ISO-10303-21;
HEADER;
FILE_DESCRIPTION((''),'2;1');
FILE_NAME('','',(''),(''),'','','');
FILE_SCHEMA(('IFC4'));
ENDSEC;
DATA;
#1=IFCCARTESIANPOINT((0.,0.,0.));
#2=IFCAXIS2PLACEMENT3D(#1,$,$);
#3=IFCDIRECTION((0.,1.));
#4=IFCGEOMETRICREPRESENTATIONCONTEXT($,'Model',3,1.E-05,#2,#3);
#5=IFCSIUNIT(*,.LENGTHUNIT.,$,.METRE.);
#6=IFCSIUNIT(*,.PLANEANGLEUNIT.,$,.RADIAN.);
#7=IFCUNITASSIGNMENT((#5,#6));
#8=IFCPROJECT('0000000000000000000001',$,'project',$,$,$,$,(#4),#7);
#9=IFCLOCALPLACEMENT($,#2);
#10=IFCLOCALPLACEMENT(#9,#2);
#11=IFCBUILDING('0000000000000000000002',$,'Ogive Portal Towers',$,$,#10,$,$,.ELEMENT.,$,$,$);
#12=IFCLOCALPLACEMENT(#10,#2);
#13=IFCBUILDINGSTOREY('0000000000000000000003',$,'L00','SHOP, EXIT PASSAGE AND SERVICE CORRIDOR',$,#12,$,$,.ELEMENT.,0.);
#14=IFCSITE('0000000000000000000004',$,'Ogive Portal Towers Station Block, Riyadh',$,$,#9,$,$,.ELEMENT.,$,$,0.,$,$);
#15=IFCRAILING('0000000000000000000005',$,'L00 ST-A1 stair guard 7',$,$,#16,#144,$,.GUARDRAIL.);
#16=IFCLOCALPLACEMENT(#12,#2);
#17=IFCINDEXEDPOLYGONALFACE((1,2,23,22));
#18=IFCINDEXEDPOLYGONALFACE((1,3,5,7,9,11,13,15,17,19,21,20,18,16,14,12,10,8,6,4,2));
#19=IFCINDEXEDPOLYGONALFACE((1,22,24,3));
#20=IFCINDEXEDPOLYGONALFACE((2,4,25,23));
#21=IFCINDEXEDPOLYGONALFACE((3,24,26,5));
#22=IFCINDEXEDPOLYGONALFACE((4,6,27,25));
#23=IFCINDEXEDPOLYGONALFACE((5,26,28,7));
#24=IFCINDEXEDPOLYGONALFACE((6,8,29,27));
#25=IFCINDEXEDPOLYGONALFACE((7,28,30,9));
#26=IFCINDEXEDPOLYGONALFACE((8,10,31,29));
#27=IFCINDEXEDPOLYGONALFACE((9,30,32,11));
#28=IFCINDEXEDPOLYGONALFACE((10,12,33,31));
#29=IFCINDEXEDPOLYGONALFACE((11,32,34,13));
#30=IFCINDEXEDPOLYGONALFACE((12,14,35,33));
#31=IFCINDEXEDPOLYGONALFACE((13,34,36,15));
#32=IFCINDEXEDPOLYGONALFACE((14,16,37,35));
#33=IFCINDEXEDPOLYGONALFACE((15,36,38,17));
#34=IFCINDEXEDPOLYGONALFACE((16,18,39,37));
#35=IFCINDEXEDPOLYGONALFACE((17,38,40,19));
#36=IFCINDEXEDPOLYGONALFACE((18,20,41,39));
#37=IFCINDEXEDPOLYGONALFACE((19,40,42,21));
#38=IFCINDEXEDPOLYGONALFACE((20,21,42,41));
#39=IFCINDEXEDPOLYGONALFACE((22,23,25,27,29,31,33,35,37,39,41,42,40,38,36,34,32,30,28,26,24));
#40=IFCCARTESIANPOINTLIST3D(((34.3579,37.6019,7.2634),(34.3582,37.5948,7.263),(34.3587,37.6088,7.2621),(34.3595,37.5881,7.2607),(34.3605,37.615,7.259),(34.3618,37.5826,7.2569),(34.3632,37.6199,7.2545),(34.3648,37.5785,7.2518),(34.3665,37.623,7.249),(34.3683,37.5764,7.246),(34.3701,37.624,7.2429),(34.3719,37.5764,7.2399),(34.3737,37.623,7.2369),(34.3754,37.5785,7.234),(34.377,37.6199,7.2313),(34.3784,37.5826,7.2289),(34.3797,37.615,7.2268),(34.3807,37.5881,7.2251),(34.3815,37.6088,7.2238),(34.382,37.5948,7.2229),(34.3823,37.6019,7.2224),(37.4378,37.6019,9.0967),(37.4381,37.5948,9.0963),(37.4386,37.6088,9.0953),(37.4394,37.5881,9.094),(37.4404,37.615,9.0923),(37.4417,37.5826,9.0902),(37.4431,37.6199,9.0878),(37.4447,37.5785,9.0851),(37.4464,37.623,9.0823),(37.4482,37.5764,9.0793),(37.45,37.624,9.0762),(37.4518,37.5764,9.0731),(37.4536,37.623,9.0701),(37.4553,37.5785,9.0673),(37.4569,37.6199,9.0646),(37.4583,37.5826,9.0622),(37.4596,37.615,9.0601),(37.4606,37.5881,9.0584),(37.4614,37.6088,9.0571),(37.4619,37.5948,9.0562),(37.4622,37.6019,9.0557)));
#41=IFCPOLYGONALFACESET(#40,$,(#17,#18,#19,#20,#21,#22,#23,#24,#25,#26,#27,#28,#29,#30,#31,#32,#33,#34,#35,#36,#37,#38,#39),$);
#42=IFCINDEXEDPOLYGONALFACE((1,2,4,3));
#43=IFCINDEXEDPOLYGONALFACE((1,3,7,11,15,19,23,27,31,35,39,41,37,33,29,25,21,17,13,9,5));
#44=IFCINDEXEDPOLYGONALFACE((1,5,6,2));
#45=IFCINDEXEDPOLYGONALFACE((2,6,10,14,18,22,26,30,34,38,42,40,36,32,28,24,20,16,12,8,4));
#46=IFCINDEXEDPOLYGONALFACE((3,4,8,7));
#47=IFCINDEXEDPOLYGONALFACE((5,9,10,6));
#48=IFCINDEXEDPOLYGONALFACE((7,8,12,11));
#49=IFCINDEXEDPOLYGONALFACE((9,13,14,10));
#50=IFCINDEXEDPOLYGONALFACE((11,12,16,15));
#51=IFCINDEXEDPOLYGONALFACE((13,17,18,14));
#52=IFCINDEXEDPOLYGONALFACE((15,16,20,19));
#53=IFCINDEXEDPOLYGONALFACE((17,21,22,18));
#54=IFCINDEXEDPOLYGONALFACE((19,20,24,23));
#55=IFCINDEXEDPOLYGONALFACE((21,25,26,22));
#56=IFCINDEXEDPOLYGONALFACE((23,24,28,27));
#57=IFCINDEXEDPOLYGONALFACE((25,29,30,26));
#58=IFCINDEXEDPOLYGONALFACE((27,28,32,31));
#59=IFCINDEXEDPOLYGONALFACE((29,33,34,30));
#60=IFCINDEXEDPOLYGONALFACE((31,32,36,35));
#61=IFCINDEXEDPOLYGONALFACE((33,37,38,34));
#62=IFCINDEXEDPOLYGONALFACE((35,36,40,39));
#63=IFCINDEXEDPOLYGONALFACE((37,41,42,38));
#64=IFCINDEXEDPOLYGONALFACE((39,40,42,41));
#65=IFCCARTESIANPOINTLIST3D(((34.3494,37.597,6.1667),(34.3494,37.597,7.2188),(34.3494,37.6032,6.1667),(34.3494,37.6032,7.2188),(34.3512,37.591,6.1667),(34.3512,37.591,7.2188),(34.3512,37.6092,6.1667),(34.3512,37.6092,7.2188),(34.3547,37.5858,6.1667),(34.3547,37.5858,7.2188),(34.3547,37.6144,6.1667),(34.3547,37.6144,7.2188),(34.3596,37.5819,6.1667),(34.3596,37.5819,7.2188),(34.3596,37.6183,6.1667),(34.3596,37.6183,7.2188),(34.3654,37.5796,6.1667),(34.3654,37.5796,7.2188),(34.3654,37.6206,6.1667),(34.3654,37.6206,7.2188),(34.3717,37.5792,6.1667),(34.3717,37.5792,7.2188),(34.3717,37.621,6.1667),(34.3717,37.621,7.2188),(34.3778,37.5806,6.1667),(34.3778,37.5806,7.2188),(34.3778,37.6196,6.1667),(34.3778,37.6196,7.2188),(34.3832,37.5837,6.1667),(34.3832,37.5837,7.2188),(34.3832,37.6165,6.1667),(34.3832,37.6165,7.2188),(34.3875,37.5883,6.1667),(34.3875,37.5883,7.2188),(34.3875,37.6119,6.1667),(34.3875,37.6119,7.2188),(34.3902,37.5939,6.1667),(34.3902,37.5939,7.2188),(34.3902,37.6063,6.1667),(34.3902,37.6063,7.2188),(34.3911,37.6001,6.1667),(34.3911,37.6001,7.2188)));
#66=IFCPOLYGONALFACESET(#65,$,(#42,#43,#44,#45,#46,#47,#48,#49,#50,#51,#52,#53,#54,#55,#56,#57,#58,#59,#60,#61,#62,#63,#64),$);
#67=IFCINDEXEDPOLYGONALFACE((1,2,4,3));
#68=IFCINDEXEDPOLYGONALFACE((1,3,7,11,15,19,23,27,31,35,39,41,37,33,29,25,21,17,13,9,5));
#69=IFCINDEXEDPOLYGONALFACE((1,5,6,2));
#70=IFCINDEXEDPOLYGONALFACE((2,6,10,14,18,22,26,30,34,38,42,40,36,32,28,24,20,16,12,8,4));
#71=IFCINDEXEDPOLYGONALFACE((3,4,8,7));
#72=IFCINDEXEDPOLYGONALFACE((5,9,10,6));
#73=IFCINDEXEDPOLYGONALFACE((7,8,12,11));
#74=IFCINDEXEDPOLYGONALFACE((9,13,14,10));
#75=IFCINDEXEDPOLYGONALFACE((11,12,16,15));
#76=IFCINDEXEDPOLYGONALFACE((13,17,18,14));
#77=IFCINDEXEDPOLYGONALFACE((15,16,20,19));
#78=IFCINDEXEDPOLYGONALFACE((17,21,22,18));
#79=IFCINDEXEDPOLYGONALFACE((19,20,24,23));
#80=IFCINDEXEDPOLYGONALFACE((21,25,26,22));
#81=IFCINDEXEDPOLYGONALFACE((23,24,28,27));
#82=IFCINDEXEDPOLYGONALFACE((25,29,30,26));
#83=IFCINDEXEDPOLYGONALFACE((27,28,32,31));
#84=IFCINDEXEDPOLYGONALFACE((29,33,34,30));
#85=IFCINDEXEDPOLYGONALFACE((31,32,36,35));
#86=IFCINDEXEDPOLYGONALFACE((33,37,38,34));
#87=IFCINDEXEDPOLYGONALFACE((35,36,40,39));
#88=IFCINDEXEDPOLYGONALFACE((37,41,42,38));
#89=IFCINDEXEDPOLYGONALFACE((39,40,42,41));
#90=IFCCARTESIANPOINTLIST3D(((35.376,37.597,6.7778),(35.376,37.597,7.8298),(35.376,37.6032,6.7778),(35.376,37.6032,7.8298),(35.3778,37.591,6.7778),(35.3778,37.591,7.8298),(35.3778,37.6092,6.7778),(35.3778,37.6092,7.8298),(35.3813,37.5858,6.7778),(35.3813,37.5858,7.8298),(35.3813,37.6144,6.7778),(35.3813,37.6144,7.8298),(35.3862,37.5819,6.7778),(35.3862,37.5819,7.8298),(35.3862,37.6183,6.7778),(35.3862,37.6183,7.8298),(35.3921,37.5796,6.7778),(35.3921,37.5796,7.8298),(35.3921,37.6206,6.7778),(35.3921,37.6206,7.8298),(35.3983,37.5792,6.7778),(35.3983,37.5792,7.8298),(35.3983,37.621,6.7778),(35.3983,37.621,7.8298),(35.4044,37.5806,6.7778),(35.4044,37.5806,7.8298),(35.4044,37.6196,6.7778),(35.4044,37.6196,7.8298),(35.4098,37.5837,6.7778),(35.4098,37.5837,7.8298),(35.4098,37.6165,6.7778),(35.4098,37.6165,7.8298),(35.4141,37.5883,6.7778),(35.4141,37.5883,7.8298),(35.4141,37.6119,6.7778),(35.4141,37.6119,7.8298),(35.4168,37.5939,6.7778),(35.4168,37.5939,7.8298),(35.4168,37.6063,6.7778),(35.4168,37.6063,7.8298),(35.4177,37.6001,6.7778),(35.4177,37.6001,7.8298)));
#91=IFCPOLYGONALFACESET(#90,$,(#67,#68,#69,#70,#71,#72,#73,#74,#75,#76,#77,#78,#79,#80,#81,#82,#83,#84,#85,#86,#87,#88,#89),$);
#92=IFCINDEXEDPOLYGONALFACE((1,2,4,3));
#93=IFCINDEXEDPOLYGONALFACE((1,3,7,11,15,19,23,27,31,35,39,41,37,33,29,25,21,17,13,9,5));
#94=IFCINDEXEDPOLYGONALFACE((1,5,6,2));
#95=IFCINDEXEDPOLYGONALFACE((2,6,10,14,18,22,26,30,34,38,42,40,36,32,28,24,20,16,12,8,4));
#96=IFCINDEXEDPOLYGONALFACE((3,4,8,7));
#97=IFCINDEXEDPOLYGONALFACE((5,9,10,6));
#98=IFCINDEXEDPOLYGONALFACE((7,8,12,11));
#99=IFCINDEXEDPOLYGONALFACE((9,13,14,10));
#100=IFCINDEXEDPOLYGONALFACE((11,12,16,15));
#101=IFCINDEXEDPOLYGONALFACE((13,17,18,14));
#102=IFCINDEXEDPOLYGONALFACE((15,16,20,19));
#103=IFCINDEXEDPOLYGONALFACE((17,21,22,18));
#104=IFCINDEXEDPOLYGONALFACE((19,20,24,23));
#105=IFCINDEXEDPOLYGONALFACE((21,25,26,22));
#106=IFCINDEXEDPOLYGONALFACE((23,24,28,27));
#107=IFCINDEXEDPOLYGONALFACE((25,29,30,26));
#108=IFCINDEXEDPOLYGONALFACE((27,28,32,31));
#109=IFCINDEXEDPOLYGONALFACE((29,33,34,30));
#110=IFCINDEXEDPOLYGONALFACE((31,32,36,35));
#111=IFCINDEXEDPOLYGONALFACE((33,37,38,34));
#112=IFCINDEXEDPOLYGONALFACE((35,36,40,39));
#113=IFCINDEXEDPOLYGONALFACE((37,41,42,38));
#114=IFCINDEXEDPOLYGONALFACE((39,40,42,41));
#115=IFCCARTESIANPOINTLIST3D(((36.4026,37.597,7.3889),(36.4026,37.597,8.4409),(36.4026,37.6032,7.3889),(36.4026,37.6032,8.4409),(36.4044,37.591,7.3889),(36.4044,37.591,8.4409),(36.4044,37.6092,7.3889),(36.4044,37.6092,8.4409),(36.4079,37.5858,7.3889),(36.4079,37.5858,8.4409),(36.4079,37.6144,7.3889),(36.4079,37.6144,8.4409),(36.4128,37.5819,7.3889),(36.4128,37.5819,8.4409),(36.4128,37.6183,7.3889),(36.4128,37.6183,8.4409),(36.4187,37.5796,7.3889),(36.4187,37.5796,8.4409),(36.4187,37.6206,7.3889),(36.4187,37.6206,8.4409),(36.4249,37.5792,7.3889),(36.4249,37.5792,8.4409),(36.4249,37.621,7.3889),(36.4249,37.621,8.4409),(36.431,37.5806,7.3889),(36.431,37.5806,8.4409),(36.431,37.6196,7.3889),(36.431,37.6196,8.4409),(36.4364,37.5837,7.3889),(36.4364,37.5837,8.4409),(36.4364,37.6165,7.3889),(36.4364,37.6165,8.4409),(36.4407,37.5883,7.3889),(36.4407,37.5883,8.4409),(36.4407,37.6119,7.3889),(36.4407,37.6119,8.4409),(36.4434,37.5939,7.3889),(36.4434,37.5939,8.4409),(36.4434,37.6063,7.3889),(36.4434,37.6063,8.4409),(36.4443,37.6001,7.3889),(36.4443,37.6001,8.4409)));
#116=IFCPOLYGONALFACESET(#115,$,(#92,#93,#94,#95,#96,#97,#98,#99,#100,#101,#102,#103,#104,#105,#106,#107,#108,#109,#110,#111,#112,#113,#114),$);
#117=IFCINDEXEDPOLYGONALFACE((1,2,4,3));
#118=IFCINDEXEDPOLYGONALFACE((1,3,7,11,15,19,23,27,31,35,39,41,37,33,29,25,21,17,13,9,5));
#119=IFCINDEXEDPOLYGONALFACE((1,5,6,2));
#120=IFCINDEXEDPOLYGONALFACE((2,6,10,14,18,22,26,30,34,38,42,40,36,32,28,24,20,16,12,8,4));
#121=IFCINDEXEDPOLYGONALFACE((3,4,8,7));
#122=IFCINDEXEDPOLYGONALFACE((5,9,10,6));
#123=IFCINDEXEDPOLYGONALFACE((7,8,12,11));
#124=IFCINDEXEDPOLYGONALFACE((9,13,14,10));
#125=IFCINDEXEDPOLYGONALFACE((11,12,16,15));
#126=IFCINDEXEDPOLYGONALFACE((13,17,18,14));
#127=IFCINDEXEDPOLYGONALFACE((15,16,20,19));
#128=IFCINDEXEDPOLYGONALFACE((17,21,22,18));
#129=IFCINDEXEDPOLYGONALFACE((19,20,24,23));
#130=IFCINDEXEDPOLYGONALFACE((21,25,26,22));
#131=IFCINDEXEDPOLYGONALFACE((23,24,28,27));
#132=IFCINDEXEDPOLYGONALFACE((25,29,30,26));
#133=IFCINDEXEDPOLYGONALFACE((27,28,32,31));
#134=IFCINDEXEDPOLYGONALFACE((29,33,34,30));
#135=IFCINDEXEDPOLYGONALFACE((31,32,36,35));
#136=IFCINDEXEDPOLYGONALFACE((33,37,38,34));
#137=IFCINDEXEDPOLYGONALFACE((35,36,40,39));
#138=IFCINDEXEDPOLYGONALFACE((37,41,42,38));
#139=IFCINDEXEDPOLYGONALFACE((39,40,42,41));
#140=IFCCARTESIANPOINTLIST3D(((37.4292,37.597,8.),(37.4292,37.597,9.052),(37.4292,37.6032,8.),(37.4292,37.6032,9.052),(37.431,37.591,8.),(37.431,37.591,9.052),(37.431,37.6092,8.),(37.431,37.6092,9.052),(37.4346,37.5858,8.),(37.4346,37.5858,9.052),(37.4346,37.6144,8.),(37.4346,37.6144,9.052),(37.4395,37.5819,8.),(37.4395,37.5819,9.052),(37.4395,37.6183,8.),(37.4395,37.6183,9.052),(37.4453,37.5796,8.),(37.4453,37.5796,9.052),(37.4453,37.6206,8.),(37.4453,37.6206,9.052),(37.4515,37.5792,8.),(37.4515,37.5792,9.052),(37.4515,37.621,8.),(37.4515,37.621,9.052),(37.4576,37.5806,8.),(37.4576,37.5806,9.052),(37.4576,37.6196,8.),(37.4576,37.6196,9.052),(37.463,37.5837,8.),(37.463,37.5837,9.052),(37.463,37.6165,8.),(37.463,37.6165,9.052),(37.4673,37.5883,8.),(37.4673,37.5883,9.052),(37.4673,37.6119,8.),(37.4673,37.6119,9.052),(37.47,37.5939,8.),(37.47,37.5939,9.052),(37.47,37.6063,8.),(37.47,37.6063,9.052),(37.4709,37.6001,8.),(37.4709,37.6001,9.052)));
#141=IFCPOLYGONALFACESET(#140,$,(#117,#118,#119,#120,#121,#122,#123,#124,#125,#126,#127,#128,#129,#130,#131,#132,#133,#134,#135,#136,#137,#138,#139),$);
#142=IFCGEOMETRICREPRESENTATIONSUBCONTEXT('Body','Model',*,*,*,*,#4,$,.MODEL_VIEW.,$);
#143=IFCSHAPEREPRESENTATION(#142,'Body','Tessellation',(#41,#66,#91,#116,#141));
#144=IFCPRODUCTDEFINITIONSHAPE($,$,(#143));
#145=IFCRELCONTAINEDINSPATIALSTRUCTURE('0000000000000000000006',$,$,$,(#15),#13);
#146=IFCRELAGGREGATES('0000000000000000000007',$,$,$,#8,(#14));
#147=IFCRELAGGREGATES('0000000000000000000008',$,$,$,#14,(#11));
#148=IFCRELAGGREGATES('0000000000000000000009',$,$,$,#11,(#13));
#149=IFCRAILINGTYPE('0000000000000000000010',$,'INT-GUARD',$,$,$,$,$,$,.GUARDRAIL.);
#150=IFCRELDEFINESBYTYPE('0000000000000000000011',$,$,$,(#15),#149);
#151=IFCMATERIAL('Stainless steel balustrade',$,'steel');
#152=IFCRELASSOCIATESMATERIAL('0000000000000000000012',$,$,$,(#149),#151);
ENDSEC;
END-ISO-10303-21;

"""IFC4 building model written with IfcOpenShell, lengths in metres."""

from ifc_helpers import new_model, si_unit, direction, frame, origin, origin_2d, place, context, subcontext, project, spatial, circle, extrude, material, type_object, element, save


model = new_model("IFC4")

# Units and contexts
model_context = context("Model", 3, precision=1e-05, world=origin(), true_north=direction((0.0, 1.0)))
body_context = subcontext(model_context, "Body", "Model", "MODEL_VIEW")
ifc_project = project(units=[si_unit("LENGTHUNIT", "METRE"), si_unit("PLANEANGLEUNIT", "RADIAN")], contexts=[model_context])

# Site, building, storey
site_placement = place(None, origin())
site = spatial("IfcSite", under=ifc_project, at=site_placement, Name="Ogive Portal Towers Station Block, Riyadh", CompositionType="ELEMENT", RefElevation=0.0)
building_placement = place(site_placement, origin())
building = spatial("IfcBuilding", under=site, at=building_placement, Name="Ogive Portal Towers", CompositionType="ELEMENT")
storey_placement = place(building_placement, origin())
storey = spatial("IfcBuildingStorey", under=building, at=storey_placement, Name="L00", Description="SHOP, EXIT PASSAGE AND SERVICE CORRIDOR", CompositionType="ELEMENT", Elevation=0.0)

# Railing
ifc_material_1 = material(Name="Stainless steel balustrade", Category="steel")
railing_type_1 = type_object("IfcRailingType", Name="INT-GUARD", PredefinedType="GUARDRAIL", material=ifc_material_1)
railing_1_placement = place(storey_placement, frame((34.3701, 37.6001, 6.1667)))
element("IfcRailing", 1, at=railing_1_placement, inside=storey, type_object=railing_type_1, Name="L00 ST-A1 stair guard 7", PredefinedType="GUARDRAIL", context=body_context, shape_type="SweptSolid", body=[
    extrude(circle(Radius=0.0239, at=origin_2d()), frame((0.0, 0.0, 1.0762), z_axis=(0.859291, 0.0, 0.511487), x_axis=(0.0, 1.0, 0.0)), (0.0, 0.0, 1.0), 3.5842),
    extrude(circle(Radius=0.021, at=origin_2d()), origin(), (0.0, 0.0, 1.0), 1.052),
    extrude(circle(Radius=0.021, at=origin_2d()), frame((1.0266, 0.0, 0.6111)), (0.0, 0.0, 1.0), 1.052),
    extrude(circle(Radius=0.021, at=origin_2d()), frame((2.0532, 0.0, 1.2222)), (0.0, 0.0, 1.0), 1.052),
    extrude(circle(Radius=0.021, at=origin_2d()), frame((3.0798, 0.0, 1.8333)), (0.0, 0.0, 1.0), 1.052),
])

save(model, "model.ifc")
